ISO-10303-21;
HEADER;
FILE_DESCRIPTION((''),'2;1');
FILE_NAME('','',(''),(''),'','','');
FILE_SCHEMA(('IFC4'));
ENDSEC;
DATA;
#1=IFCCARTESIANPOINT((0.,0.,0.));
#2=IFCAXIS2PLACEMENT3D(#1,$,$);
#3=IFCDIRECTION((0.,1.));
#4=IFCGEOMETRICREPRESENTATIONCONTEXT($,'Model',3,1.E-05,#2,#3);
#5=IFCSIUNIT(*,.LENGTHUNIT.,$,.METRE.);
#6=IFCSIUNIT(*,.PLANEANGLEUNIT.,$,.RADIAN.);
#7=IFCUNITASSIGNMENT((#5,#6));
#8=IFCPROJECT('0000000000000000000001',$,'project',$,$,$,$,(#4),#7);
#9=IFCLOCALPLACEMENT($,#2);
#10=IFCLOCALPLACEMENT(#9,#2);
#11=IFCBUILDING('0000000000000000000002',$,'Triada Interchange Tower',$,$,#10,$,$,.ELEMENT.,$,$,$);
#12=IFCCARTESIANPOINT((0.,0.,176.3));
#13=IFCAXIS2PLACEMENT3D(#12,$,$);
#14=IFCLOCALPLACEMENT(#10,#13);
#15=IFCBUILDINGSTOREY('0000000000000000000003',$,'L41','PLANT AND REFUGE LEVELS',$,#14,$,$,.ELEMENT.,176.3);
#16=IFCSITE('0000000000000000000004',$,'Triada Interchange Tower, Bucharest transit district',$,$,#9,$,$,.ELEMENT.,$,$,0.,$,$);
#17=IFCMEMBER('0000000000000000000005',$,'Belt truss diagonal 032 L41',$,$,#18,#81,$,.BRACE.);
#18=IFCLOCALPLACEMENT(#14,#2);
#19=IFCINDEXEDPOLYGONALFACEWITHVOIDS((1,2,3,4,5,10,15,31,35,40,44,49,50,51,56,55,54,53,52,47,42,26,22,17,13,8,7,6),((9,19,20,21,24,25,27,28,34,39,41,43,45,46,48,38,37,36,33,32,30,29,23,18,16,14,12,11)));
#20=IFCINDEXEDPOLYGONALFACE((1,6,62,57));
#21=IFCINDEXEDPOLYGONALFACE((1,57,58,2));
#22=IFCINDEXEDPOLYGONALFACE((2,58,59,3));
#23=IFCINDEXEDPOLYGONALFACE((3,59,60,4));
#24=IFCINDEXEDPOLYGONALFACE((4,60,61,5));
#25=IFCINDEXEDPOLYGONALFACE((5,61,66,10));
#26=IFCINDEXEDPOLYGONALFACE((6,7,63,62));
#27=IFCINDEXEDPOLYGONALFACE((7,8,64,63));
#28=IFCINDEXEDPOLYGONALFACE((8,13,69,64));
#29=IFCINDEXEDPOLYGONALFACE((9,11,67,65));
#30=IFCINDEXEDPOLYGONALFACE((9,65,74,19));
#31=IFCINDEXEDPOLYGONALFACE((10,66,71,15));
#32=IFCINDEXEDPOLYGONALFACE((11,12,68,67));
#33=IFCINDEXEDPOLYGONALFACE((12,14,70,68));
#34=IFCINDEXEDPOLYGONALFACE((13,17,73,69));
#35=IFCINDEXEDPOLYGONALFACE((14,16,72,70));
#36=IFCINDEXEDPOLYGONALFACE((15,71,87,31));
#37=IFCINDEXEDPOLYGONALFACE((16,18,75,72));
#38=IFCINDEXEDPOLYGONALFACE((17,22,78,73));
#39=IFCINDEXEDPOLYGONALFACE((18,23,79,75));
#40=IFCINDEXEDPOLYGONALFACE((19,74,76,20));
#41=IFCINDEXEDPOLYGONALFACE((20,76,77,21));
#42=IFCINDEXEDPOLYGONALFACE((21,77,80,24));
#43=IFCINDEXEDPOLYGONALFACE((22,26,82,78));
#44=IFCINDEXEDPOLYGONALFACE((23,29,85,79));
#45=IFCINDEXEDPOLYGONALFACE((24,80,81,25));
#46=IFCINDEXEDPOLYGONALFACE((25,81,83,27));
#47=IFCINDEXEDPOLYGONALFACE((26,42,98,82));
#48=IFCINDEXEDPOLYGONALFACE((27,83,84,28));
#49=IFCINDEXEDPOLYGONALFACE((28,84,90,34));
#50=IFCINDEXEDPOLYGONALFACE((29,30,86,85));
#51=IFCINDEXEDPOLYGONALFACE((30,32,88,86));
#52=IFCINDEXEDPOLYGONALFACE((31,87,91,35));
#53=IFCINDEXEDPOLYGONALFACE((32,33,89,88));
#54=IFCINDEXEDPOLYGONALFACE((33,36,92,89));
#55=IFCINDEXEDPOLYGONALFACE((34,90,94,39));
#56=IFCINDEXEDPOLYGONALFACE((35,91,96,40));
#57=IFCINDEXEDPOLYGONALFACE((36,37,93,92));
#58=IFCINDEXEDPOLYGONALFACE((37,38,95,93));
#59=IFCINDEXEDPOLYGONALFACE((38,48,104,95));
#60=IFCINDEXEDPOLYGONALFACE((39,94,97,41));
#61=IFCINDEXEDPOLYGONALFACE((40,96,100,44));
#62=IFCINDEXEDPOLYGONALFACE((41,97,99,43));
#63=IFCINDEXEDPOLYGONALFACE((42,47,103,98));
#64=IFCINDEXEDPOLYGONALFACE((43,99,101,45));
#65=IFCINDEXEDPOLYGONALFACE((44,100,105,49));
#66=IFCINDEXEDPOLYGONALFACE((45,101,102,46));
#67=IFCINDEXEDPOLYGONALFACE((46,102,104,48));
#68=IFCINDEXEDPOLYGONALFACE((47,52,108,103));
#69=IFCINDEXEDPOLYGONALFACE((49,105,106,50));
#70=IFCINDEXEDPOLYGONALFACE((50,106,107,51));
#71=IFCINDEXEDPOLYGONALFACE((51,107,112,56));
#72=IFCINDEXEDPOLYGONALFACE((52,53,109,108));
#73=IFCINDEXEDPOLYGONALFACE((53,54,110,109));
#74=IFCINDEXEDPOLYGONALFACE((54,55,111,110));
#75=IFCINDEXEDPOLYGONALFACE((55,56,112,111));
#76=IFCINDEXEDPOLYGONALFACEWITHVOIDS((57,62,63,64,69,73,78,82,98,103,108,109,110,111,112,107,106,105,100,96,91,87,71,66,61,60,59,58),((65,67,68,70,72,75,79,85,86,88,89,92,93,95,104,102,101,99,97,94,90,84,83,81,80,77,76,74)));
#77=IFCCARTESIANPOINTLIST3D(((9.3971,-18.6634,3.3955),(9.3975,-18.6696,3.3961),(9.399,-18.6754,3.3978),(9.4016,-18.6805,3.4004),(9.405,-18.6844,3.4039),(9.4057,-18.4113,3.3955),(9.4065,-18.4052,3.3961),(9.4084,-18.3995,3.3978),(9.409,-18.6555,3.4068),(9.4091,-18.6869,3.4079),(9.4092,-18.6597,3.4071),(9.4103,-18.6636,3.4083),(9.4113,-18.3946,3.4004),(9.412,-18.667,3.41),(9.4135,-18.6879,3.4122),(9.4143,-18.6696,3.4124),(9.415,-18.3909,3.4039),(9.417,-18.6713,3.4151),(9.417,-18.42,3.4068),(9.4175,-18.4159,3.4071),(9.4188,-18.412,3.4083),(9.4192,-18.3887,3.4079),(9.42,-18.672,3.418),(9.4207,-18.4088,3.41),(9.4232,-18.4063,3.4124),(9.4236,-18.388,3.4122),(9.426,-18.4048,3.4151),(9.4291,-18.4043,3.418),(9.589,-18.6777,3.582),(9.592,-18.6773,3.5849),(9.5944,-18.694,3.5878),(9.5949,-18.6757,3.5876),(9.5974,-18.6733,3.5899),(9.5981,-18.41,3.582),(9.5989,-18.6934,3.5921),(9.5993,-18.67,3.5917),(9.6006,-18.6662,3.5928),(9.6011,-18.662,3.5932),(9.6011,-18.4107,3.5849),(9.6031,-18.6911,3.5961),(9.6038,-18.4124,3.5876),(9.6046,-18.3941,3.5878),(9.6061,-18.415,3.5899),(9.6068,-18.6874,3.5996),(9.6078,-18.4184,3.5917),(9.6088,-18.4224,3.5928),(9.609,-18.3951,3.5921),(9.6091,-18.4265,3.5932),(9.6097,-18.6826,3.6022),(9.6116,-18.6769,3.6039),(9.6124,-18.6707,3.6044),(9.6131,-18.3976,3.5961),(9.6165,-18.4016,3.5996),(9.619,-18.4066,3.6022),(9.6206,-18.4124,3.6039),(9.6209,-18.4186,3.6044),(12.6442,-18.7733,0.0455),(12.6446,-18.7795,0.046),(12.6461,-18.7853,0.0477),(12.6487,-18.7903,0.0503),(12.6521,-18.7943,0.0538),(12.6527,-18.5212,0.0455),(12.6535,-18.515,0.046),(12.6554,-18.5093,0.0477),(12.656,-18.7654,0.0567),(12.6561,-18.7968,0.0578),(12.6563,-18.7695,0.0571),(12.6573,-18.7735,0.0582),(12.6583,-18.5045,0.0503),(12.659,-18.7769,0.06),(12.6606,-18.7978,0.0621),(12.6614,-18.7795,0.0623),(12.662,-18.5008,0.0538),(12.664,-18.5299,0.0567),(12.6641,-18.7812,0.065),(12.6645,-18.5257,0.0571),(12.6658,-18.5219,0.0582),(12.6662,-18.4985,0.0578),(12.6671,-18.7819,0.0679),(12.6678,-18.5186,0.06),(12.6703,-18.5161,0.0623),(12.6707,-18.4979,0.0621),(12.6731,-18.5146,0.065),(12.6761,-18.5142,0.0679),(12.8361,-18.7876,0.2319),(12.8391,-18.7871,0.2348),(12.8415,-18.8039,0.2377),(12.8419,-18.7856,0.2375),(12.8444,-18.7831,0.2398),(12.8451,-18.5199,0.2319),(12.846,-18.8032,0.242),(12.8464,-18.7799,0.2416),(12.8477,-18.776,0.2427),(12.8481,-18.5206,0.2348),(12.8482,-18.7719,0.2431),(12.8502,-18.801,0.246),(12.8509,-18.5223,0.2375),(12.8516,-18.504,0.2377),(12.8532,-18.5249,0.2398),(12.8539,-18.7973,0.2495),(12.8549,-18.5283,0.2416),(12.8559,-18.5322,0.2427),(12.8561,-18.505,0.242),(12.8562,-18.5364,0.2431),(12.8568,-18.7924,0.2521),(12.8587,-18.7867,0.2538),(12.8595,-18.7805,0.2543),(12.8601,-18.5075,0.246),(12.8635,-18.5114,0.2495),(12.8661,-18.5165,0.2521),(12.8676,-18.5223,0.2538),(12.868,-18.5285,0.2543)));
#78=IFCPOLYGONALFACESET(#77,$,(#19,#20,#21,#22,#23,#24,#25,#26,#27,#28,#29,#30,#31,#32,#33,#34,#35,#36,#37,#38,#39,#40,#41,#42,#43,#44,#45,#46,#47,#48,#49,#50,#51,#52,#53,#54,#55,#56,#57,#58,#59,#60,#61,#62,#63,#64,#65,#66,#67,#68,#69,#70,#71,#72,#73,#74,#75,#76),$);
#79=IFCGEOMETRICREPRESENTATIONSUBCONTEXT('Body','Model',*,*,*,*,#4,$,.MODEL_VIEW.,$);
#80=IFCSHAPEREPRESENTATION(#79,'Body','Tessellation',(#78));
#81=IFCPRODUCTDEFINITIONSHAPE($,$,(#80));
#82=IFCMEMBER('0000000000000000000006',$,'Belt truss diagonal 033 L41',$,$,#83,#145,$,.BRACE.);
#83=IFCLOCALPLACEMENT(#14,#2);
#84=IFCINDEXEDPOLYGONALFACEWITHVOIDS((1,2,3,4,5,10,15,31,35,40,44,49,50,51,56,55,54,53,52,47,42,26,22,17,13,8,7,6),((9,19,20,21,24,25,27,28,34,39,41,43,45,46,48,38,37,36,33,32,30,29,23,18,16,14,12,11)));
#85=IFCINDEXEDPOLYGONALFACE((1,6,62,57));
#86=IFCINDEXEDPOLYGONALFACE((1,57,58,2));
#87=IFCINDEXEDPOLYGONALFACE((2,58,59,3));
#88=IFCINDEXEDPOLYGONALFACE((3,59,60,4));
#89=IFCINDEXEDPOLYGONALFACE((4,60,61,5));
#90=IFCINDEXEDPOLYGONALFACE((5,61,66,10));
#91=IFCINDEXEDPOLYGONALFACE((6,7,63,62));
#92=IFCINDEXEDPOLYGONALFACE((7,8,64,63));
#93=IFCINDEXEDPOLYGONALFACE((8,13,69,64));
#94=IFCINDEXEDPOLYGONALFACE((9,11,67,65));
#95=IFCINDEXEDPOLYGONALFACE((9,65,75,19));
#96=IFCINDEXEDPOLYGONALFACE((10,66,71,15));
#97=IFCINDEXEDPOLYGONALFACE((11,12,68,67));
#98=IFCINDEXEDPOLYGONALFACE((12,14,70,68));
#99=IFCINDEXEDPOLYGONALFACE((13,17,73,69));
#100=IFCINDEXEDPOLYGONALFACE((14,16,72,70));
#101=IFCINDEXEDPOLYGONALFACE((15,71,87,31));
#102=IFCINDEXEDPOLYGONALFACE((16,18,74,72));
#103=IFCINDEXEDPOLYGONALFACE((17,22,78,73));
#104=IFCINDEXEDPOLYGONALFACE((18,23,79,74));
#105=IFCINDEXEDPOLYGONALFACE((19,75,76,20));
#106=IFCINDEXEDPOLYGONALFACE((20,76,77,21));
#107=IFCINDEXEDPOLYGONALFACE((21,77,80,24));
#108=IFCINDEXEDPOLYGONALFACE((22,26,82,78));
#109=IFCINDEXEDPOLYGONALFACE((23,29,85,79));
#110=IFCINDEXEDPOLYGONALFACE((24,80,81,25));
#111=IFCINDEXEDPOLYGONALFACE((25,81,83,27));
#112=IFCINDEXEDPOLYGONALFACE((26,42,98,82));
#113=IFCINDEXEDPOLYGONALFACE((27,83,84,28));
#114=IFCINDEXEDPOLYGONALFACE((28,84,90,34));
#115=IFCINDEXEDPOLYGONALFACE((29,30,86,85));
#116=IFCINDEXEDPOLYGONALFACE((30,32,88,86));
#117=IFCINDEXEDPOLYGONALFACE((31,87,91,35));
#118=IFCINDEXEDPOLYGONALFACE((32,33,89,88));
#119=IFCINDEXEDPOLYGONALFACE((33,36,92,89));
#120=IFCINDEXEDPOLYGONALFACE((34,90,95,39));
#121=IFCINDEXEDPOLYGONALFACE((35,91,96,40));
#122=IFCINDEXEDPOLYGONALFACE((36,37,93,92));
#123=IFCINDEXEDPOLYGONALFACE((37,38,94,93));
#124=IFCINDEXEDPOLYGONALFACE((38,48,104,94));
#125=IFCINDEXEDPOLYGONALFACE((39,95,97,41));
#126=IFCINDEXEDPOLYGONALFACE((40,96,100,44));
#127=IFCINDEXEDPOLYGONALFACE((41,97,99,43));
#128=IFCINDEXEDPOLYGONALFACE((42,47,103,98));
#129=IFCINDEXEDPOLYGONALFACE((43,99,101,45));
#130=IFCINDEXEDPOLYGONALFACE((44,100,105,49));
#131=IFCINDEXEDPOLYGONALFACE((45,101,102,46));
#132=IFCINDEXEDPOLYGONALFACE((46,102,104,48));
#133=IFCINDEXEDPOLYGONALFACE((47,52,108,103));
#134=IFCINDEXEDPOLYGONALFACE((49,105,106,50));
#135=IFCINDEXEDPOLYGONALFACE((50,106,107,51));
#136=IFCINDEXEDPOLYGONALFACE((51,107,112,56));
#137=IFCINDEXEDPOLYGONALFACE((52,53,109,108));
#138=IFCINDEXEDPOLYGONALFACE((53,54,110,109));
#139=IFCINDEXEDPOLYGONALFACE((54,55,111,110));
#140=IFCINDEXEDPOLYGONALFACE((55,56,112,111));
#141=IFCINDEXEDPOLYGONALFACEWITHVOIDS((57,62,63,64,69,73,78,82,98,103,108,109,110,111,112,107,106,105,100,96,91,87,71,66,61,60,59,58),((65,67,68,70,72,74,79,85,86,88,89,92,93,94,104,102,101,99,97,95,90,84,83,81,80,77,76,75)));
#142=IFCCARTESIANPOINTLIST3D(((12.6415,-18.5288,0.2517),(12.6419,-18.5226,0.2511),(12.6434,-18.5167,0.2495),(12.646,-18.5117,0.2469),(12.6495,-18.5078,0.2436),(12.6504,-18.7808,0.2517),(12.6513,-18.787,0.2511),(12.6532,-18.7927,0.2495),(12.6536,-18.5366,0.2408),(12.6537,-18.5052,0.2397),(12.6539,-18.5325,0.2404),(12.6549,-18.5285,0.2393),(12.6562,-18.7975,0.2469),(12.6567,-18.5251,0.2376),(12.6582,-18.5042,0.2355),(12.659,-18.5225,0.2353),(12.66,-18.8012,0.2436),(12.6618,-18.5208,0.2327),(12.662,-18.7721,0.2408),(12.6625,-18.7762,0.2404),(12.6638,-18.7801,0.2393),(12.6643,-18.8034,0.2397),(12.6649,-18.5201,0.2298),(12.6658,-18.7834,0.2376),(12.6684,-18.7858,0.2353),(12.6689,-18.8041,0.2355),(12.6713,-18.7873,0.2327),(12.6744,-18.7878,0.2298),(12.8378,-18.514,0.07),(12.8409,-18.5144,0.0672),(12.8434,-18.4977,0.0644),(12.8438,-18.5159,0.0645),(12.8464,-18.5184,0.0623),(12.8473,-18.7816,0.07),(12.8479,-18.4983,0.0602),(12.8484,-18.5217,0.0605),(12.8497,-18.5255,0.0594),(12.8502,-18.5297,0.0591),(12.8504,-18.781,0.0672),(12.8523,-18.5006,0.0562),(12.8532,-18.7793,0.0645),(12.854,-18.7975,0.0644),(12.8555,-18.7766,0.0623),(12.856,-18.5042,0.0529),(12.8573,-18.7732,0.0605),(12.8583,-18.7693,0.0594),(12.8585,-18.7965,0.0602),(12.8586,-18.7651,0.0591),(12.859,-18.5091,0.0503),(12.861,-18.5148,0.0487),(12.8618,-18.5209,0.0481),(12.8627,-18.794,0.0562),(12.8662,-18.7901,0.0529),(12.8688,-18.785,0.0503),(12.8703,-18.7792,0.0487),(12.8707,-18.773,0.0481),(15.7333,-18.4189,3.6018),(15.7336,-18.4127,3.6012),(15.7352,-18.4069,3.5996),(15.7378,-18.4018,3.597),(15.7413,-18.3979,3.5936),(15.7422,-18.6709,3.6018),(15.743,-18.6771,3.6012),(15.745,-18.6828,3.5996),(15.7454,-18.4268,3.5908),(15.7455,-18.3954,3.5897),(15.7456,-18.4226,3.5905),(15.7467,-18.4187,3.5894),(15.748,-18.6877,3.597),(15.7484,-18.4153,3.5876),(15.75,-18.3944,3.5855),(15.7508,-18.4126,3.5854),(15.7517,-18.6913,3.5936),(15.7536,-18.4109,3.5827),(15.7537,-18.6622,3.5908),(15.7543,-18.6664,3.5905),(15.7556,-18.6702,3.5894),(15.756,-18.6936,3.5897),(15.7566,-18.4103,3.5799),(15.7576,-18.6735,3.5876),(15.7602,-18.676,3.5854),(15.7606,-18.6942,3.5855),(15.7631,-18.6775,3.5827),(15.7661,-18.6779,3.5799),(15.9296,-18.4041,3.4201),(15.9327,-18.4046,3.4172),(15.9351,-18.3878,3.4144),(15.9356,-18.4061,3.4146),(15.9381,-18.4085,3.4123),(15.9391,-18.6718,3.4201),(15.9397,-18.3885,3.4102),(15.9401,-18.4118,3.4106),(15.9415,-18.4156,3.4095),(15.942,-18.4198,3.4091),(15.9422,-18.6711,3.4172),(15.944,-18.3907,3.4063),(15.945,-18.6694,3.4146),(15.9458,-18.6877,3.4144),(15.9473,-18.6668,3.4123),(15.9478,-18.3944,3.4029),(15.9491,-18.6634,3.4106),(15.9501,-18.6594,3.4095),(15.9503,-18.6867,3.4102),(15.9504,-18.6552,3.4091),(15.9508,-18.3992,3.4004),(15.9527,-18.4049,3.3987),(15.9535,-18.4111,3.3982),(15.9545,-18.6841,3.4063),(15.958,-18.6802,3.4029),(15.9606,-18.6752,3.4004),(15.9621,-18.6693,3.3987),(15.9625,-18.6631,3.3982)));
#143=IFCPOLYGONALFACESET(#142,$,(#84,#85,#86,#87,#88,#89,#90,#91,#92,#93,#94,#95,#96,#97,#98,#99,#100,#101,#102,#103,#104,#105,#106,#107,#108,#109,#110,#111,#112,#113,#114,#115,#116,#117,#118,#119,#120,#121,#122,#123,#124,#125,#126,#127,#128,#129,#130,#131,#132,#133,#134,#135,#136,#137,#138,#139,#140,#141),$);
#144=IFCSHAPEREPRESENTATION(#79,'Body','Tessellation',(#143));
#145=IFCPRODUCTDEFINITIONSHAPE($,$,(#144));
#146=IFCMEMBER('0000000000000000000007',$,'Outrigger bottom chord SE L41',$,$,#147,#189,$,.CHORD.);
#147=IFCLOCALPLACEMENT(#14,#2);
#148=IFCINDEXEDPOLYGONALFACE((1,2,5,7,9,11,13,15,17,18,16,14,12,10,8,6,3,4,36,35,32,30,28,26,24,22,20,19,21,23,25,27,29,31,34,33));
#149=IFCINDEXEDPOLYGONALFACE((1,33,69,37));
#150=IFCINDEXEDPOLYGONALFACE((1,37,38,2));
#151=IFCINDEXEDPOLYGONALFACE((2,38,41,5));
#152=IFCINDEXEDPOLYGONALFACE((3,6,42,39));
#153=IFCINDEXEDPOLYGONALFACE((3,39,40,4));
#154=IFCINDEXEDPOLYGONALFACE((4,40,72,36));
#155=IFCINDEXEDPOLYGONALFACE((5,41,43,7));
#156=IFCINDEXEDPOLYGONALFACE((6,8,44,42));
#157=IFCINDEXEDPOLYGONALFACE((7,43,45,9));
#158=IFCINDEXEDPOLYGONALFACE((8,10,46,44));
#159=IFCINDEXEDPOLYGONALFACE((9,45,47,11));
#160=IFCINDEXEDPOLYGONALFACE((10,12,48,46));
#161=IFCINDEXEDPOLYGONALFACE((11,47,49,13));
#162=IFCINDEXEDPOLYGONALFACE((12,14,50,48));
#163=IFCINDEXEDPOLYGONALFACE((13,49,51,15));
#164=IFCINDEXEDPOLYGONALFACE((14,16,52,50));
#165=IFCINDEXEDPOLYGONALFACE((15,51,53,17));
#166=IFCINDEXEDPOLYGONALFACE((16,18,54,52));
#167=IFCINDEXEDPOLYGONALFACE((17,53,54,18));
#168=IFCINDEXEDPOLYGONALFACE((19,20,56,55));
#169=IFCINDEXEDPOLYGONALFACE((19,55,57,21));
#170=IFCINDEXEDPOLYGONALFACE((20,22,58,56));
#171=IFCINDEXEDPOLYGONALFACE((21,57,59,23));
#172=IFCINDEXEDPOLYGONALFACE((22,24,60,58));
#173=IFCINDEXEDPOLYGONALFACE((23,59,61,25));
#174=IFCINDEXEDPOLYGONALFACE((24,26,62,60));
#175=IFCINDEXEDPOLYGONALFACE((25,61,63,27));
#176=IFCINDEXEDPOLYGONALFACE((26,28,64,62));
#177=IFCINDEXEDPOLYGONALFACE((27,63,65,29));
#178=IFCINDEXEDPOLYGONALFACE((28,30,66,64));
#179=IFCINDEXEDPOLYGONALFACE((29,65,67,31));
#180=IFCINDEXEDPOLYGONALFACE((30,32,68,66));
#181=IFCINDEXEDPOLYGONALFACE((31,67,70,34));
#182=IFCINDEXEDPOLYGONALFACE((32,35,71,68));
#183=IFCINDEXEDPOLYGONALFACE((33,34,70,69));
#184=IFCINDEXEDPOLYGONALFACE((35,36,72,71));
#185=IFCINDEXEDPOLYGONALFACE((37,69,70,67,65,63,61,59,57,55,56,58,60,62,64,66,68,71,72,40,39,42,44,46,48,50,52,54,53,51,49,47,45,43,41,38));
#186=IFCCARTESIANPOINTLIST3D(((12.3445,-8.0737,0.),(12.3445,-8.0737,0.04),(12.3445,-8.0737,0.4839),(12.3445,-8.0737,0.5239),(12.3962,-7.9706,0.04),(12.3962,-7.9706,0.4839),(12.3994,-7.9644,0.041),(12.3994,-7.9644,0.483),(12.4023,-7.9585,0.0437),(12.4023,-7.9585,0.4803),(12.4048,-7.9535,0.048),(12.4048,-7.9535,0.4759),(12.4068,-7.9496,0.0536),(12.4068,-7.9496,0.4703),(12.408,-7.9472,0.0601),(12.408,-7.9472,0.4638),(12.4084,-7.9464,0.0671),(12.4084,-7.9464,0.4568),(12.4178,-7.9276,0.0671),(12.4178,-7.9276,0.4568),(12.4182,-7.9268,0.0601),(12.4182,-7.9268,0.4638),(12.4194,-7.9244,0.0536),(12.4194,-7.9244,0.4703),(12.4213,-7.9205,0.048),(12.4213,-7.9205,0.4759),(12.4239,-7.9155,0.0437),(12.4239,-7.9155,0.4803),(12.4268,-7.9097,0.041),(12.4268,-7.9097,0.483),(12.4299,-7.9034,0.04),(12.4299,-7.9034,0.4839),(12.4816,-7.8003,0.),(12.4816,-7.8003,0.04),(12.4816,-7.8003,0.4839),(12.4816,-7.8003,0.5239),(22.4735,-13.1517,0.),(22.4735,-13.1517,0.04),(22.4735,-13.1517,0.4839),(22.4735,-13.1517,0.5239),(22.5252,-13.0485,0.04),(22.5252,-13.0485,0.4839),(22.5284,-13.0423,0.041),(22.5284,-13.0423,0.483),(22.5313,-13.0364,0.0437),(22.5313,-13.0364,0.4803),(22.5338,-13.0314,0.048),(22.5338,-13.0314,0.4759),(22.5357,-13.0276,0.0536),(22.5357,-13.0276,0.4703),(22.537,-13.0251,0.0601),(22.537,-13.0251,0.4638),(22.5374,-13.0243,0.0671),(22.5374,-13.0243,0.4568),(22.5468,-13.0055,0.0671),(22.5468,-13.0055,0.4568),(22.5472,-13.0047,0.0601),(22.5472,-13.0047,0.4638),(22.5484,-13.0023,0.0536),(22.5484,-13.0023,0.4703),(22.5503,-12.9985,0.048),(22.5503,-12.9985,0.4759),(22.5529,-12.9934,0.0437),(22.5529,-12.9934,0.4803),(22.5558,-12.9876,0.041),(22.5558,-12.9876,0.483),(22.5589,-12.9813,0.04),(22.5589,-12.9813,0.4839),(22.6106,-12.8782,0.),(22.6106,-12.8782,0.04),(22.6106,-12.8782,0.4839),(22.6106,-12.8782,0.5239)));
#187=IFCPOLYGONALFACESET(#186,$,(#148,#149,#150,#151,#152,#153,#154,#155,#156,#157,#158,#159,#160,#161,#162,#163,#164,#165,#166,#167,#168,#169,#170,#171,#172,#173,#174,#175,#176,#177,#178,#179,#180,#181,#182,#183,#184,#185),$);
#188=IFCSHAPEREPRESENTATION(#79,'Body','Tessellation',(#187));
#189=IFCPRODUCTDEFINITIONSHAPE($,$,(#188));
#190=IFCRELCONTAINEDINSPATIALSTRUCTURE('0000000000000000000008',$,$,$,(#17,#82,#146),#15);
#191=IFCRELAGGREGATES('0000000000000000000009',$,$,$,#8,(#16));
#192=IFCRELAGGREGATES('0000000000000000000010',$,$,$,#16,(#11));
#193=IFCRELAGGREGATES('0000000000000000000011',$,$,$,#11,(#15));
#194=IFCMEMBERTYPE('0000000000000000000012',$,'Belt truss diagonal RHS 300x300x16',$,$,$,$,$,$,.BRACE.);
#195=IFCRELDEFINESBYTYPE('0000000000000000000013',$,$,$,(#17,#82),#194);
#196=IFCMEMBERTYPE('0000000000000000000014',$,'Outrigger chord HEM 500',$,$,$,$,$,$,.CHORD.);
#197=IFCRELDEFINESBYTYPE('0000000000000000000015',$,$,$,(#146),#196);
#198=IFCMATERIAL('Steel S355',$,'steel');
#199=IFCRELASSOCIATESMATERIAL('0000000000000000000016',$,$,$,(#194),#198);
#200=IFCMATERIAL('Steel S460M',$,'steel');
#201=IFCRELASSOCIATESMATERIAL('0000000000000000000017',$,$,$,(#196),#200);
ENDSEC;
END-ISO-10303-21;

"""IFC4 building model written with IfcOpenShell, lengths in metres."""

from ifc_helpers import new_model, si_unit, direction, frame, origin, origin_2d, place, context, subcontext, project, spatial, hollow_rectangle, i_section, extrude, material, material_profile, profile_set, type_object, element, save


model = new_model("IFC4")

# Units and contexts
model_context = context("Model", 3, precision=1e-05, world=origin(), true_north=direction((0.0, 1.0)))
body_context = subcontext(model_context, "Body", "Model", "MODEL_VIEW")
ifc_project = project(units=[si_unit("LENGTHUNIT", "METRE"), si_unit("PLANEANGLEUNIT", "RADIAN")], contexts=[model_context])

# Site, building, storey
site_placement = place(None, origin())
site = spatial("IfcSite", under=ifc_project, at=site_placement, Name="Triada Interchange Tower, Bucharest transit district", CompositionType="ELEMENT", RefElevation=0.0)
building_placement = place(site_placement, origin())
building = spatial("IfcBuilding", under=site, at=building_placement, Name="Triada Interchange Tower", CompositionType="ELEMENT")
storey_placement = place(building_placement, frame((0.0, 0.0, 176.3)))
storey = spatial("IfcBuildingStorey", under=building, at=storey_placement, Name="L41", Description="PLANT AND REFUGE LEVELS", CompositionType="ELEMENT", Elevation=176.3)

# Members
ifc_material_1 = material(Name="Steel S355", Category="steel")
ifc_material_profile_1 = material_profile(ifc_material_1, hollow_rectangle(XDim=0.3, YDim=0.3, WallThickness=0.0161, InnerFilletRadius=0.0161, OuterFilletRadius=0.0239, at=origin_2d()), Name="RHS 300x300x16")
ifc_profile_set_1 = profile_set([ifc_material_profile_1], Name="Steel S355")
member_type_1 = type_object("IfcMemberType", Name="Belt truss diagonal RHS 300x300x16", PredefinedType="BRACE", material=ifc_profile_set_1)
member_1_placement = place(storey_placement, frame((12.7561, -18.6509, 0.1499), z_axis=(-0.695786, 0.023542, 0.717863), x_axis=(-0.033815, -0.999428, 0.0)))
element("IfcMember", 1, at=member_1_placement, inside=storey, type_object=member_type_1, Name="Belt truss diagonal 032 L41", PredefinedType="BRACE", context=body_context, shape_type="SweptSolid", body=[
    extrude(hollow_rectangle(XDim=0.3, YDim=0.3, WallThickness=0.0161, InnerFilletRadius=0.0161, OuterFilletRadius=0.0239, at=origin_2d()), origin(), (0.0, 0.0, 1.0), 4.6667),
])
member_2_placement = place(storey_placement, frame((12.7561, -18.6509, 0.1499), z_axis=(0.678012, 0.024092, 0.734656), x_axis=(-0.035511, 0.999369, 0.0)))
element("IfcMember", 2, at=member_2_placement, inside=storey, type_object=member_type_1, Name="Belt truss diagonal 033 L41", PredefinedType="BRACE", context=body_context, shape_type="SweptSolid", body=[
    extrude(hollow_rectangle(XDim=0.3, YDim=0.3, WallThickness=0.0161, InnerFilletRadius=0.0161, OuterFilletRadius=0.0239, at=origin_2d()), origin(), (0.0, 0.0, 1.0), 4.5601),
])
ifc_material_2 = material(Name="Steel S460M", Category="steel")
ifc_material_profile_2 = material_profile(ifc_material_2, i_section(OverallWidth=0.3059, OverallDepth=0.5239, WebThickness=0.021, FlangeThickness=0.04, FilletRadius=0.0271, at=origin_2d()), Name="HEM 500")
ifc_profile_set_2 = profile_set([ifc_material_profile_2], Name="Steel S460M")
member_type_2 = type_object("IfcMemberType", Name="Outrigger chord HEM 500", PredefinedType="CHORD", material=ifc_profile_set_2)
member_3_placement = place(storey_placement, frame((12.4131, -7.937, 0.262), z_axis=(0.893953, -0.448161, 0.0), x_axis=(0.448161, 0.893953, 0.0)))
element("IfcMember", 3, at=member_3_placement, inside=storey, type_object=member_type_2, Name="Outrigger bottom chord SE L41", PredefinedType="CHORD", context=body_context, shape_type="SweptSolid", body=[
    extrude(i_section(OverallWidth=0.3059, OverallDepth=0.5239, WebThickness=0.021, FlangeThickness=0.04, FilletRadius=0.0271, at=origin_2d()), origin(), (0.0, 0.0, 1.0), 11.3306),
])

save(model, "model.ifc")
